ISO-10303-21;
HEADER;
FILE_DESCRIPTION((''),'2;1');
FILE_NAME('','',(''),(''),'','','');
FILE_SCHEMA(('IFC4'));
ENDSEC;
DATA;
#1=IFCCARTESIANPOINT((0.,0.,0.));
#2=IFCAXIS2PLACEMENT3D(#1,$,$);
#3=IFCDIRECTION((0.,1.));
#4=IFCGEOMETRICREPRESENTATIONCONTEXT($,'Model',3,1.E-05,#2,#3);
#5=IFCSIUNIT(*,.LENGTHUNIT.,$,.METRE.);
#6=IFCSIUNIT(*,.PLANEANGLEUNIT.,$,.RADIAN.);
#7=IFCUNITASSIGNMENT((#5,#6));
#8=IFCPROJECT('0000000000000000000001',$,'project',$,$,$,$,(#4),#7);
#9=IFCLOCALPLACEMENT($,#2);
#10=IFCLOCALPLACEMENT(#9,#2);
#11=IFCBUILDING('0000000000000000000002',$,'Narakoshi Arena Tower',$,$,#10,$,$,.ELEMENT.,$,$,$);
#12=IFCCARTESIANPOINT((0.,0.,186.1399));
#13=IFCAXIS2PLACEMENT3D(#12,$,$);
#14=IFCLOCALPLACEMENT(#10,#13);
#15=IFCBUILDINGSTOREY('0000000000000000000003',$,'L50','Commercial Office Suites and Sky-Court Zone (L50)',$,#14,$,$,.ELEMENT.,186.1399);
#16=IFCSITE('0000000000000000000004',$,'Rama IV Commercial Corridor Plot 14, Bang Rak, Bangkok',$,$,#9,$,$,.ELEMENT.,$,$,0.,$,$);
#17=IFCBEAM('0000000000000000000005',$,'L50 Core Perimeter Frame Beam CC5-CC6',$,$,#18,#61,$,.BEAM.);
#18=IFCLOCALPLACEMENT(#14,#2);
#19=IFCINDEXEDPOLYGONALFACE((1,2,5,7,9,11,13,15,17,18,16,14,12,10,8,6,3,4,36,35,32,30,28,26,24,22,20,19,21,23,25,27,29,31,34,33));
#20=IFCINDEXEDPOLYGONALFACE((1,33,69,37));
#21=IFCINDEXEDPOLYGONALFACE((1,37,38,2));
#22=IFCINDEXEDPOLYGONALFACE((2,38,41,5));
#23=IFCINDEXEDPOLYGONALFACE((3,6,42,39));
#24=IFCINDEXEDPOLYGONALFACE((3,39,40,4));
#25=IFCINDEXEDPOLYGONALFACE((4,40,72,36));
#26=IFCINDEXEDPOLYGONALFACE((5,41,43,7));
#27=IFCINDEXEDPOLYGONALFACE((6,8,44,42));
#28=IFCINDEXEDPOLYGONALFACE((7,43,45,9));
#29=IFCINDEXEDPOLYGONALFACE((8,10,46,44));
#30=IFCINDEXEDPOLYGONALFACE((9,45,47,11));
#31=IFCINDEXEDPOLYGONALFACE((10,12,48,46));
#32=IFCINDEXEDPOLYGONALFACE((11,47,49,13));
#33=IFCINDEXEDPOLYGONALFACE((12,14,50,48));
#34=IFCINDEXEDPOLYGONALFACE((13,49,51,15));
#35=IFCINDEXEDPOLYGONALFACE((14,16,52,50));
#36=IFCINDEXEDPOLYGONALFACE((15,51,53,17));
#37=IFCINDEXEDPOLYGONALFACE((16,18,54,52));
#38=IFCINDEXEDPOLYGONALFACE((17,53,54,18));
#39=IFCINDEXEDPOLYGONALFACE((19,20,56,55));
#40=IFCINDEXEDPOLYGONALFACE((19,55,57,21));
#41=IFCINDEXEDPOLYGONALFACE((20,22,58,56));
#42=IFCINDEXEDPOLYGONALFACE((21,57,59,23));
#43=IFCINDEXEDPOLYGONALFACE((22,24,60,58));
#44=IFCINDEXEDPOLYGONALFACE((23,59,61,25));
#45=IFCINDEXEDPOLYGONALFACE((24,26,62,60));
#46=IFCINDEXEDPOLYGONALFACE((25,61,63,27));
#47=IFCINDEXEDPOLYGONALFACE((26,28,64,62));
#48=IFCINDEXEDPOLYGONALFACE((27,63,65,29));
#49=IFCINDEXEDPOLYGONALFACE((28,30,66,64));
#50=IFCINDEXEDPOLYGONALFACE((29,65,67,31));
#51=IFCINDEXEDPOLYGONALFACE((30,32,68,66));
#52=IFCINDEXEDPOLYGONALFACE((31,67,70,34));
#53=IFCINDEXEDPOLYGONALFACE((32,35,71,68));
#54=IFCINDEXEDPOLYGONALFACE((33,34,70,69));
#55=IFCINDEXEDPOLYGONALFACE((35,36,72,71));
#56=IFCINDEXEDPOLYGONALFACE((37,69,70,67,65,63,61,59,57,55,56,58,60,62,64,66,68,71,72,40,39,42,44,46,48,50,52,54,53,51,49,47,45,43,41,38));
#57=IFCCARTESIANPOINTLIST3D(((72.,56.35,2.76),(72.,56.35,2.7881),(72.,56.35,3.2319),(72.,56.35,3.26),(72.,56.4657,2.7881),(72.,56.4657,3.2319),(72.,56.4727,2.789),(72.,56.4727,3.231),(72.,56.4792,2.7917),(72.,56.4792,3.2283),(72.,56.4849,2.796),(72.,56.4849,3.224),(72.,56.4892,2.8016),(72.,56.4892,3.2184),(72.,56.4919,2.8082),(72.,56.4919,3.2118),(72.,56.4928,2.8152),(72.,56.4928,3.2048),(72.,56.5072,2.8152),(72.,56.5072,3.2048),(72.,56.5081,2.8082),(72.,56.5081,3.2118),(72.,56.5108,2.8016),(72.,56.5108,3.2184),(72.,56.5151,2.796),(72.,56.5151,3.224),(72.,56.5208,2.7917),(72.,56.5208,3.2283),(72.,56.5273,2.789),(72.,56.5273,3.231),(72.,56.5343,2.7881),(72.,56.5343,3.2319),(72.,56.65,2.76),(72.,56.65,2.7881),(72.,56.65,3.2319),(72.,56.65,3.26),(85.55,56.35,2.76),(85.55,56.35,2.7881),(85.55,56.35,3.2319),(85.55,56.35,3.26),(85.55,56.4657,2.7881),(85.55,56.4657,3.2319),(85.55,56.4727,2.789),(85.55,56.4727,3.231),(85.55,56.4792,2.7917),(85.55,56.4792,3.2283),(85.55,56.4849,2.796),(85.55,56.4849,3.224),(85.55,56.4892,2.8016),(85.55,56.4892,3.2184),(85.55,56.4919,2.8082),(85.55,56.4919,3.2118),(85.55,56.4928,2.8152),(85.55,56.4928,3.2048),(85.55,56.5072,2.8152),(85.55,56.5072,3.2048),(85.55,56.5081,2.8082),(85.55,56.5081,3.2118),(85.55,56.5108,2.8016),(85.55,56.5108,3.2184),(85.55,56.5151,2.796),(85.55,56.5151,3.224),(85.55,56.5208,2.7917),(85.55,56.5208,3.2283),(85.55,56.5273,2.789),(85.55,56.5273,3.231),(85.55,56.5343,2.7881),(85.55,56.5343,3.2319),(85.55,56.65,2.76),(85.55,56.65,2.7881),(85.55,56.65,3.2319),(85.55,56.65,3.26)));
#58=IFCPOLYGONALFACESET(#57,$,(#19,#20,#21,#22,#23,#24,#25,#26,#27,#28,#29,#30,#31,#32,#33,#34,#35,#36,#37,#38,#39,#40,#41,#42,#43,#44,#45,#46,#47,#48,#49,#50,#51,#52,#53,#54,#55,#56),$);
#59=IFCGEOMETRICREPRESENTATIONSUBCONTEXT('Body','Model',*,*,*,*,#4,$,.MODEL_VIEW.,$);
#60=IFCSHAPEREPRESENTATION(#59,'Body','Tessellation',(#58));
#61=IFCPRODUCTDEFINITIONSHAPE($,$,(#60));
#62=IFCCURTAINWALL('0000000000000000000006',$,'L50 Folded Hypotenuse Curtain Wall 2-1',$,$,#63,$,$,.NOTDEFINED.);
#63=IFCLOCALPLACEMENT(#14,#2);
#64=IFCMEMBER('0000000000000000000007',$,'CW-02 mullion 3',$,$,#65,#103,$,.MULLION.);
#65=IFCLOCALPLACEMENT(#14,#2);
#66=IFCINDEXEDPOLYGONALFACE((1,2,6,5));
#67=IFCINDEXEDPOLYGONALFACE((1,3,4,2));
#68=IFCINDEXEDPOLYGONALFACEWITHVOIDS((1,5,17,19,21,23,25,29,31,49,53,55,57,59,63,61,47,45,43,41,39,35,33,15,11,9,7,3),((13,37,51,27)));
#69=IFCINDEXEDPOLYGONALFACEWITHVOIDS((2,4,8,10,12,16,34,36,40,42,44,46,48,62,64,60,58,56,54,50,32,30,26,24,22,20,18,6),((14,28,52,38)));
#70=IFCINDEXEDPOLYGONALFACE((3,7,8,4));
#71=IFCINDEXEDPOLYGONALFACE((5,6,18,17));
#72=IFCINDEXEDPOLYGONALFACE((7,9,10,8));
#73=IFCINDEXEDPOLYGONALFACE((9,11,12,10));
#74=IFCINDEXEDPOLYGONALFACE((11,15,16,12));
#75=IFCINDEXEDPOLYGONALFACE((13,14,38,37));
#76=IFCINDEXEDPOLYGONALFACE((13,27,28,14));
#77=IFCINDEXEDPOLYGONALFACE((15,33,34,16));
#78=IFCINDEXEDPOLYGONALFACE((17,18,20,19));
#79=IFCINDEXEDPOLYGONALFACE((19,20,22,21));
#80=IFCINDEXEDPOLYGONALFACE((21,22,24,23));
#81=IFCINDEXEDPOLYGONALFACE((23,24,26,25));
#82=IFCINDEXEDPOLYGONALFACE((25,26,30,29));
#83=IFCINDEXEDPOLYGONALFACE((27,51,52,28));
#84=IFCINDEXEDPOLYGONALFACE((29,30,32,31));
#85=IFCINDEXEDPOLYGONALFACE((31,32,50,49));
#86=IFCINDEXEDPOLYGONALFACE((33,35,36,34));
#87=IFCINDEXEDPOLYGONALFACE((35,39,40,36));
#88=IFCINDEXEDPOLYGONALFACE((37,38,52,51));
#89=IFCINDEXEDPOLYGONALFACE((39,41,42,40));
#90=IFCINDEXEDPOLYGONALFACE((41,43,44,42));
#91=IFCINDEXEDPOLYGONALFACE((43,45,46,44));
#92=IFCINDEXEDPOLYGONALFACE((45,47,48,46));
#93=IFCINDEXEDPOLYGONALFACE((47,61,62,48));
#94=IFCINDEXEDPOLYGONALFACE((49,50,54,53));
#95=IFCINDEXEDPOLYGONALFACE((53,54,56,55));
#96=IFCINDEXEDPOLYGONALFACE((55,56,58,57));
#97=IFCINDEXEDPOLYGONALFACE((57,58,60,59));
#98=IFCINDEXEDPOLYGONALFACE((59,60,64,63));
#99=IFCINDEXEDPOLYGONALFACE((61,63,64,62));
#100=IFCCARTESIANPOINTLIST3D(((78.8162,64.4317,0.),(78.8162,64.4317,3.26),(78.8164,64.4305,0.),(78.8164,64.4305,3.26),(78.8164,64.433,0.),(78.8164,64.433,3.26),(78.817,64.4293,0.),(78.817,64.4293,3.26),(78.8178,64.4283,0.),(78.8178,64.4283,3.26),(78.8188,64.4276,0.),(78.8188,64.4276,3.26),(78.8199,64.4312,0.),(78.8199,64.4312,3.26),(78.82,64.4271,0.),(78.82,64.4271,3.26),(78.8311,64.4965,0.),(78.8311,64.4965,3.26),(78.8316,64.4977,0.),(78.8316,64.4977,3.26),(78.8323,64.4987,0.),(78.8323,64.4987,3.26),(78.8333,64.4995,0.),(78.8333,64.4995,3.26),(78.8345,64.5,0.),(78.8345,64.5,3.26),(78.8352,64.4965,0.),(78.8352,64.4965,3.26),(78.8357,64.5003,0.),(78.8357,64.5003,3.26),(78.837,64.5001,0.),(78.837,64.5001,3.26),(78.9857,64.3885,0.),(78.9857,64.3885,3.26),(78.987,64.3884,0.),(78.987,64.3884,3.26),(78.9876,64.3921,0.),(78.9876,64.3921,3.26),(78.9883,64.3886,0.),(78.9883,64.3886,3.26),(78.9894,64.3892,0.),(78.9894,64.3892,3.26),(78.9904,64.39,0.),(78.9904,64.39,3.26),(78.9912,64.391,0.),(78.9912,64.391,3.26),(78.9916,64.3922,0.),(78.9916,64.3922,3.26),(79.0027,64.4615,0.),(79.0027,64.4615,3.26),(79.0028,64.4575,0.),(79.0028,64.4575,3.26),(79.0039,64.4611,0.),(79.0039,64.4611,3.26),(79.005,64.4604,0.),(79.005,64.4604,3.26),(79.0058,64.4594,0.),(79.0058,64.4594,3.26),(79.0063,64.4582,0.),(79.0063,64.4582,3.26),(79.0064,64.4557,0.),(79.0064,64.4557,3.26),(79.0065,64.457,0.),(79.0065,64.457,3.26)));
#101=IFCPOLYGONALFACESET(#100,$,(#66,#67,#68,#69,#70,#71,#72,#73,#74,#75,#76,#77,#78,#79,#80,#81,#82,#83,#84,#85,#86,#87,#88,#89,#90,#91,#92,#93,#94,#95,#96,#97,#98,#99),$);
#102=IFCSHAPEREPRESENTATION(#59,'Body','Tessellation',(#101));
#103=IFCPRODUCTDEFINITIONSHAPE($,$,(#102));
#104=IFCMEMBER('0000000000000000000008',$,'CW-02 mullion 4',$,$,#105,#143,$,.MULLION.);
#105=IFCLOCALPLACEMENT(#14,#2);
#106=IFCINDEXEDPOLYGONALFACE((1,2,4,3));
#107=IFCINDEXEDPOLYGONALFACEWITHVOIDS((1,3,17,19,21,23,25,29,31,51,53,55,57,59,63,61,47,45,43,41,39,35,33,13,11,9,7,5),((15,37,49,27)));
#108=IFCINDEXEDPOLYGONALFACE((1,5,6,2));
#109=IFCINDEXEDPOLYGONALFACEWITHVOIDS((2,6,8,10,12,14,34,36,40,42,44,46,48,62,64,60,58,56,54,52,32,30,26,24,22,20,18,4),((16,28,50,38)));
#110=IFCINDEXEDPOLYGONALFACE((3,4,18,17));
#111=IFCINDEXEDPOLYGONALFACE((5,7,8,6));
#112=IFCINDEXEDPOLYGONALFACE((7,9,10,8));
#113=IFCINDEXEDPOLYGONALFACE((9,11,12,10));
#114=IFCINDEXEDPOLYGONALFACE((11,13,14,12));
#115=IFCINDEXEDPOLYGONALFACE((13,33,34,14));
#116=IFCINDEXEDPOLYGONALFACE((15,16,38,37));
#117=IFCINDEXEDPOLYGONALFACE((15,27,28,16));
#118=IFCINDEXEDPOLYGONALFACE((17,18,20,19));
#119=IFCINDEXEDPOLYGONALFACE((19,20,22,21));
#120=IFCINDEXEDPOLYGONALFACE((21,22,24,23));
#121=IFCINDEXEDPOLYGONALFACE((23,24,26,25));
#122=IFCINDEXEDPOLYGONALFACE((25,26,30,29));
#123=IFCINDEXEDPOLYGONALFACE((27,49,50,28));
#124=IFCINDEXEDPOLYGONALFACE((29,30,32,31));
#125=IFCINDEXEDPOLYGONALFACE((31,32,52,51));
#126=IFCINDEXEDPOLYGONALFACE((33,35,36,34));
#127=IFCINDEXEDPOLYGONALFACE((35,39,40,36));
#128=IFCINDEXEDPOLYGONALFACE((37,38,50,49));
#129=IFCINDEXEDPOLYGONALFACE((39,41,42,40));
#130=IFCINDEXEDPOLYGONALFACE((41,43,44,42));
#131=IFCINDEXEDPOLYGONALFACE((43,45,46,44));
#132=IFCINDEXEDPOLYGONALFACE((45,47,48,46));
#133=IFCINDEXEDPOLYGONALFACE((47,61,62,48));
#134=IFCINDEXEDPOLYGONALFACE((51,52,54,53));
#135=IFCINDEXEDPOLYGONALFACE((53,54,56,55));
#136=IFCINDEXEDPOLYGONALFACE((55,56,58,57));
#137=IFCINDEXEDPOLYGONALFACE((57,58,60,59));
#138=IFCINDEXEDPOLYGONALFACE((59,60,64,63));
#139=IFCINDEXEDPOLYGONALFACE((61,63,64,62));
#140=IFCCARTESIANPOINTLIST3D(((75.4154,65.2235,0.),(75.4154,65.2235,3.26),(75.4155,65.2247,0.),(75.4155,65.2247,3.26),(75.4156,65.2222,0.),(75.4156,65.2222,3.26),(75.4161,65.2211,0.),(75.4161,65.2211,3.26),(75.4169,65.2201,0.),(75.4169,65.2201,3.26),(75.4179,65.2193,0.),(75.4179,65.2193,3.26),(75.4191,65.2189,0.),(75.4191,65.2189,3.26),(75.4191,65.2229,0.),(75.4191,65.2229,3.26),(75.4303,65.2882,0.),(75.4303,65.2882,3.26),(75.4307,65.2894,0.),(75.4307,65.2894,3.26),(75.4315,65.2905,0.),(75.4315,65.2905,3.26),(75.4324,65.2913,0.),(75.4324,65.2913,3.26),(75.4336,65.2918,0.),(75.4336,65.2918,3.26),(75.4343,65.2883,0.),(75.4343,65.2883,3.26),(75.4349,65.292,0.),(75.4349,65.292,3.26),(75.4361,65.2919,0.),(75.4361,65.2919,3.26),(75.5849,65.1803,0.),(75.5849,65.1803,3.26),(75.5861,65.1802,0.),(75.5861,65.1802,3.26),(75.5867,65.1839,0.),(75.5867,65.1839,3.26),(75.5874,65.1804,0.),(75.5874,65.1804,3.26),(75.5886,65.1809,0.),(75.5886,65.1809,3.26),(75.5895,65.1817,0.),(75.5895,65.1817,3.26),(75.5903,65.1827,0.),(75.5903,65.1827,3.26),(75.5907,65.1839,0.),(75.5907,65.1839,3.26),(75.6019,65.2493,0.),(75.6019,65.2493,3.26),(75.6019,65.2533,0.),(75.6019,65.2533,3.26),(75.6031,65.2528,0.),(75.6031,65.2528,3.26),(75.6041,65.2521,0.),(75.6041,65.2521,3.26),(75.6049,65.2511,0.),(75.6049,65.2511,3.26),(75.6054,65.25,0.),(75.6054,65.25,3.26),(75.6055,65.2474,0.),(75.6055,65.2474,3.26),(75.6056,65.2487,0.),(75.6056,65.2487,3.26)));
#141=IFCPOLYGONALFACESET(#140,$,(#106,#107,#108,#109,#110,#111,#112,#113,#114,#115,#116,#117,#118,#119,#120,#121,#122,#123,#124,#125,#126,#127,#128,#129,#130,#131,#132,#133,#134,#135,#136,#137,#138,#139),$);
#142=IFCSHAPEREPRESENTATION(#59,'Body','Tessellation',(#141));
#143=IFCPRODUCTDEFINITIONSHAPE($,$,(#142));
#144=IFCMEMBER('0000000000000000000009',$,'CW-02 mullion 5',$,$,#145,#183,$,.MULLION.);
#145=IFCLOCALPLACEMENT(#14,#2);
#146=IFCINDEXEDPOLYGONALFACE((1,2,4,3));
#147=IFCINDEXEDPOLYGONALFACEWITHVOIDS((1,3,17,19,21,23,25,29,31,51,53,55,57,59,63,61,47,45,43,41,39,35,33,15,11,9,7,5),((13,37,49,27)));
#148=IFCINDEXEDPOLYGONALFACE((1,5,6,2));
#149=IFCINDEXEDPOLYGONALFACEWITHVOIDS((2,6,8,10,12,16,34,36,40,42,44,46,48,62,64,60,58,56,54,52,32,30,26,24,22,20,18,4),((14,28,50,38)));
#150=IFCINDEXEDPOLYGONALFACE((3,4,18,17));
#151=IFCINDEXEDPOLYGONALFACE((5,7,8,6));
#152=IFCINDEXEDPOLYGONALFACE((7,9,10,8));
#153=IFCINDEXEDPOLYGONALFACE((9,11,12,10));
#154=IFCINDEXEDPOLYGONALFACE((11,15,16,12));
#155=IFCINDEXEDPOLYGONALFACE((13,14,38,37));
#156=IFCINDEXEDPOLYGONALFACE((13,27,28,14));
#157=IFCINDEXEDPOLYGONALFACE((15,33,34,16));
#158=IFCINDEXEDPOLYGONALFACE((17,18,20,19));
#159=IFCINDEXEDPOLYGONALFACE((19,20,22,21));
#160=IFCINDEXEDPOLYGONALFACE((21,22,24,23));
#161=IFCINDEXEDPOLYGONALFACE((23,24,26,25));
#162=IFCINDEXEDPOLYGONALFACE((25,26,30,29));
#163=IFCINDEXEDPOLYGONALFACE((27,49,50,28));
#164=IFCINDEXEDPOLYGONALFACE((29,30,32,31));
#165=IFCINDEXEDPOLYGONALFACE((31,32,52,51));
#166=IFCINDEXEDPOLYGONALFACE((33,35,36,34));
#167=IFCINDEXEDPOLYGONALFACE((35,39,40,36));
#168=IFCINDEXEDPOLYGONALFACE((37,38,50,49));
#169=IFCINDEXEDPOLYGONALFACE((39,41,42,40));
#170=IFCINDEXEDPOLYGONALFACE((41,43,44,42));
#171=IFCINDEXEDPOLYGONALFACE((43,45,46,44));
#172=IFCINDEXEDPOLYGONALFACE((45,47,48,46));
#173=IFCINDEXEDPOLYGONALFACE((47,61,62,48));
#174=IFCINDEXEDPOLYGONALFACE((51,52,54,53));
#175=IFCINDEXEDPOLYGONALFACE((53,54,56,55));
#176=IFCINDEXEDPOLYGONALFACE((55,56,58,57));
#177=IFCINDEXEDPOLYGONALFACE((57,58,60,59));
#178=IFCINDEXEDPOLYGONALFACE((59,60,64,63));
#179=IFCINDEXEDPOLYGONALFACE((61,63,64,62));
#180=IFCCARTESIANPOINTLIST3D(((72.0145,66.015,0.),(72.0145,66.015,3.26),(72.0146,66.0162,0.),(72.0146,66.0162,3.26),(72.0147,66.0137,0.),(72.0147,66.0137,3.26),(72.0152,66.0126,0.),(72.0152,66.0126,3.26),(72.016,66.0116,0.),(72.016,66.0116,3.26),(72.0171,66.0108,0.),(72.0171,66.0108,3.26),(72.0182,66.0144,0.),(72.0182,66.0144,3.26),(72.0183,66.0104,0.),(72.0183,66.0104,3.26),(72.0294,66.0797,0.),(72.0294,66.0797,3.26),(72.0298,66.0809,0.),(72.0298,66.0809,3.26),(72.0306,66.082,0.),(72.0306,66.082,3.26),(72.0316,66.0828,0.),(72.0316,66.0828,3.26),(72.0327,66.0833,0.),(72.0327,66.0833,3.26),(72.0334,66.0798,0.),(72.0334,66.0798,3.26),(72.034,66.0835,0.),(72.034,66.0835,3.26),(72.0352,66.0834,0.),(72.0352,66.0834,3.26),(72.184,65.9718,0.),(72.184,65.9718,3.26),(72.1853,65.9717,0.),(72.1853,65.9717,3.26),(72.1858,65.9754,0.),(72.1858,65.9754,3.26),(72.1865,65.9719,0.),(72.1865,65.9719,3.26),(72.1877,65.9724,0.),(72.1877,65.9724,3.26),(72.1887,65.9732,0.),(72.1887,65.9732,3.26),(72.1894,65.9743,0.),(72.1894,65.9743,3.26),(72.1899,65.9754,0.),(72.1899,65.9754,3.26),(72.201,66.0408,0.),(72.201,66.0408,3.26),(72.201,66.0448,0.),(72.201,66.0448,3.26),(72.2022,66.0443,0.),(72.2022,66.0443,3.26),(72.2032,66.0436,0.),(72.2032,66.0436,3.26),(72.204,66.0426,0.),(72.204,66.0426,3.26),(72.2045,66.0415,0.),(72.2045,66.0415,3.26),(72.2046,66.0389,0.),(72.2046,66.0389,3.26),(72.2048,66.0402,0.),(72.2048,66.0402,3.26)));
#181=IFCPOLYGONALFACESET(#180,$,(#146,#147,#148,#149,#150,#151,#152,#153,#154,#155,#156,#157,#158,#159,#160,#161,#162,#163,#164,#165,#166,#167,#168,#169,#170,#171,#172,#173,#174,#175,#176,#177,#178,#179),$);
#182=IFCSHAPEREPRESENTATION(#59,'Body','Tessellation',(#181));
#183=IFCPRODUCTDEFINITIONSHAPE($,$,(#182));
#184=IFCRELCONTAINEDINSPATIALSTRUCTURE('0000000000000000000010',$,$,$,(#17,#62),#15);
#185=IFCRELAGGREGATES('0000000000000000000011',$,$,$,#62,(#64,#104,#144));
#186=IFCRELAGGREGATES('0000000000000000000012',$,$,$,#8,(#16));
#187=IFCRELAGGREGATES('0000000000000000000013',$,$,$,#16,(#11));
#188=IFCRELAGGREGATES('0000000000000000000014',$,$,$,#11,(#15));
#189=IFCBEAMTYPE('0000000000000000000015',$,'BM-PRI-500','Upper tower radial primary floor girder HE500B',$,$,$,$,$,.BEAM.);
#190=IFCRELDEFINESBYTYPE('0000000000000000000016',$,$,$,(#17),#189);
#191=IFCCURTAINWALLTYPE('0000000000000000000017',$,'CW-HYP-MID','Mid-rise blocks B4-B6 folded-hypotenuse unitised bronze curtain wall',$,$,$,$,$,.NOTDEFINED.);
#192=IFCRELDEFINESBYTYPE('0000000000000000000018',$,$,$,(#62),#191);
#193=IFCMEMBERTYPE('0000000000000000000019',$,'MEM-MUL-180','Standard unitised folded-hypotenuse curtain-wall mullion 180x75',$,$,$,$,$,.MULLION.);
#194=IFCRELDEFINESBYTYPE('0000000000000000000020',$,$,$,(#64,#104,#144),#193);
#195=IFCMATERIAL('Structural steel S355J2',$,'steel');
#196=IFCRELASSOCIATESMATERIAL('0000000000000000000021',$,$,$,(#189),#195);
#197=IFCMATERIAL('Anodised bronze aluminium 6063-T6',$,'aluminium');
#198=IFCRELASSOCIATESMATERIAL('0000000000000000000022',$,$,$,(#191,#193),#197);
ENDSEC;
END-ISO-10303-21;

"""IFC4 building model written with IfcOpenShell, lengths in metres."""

from ifc_helpers import new_model, si_unit, direction, frame, origin, origin_2d, place, context, subcontext, project, spatial, hollow_rectangle, i_section, extrude, material, material_profile, profile_set, type_object, element, aggregate, save


model = new_model("IFC4")

# Units and contexts
model_context = context("Model", 3, precision=1e-05, world=origin(), true_north=direction((0.0, 1.0)))
body_context = subcontext(model_context, "Body", "Model", "MODEL_VIEW")
ifc_project = project(units=[si_unit("LENGTHUNIT", "METRE"), si_unit("PLANEANGLEUNIT", "RADIAN")], contexts=[model_context])

# Site, building, storey
site_placement = place(None, origin())
site = spatial("IfcSite", under=ifc_project, at=site_placement, Name="Rama IV Commercial Corridor Plot 14, Bang Rak, Bangkok", CompositionType="ELEMENT", RefElevation=0.0)
building_placement = place(site_placement, origin())
building = spatial("IfcBuilding", under=site, at=building_placement, Name="Narakoshi Arena Tower", CompositionType="ELEMENT")
storey_placement = place(building_placement, frame((0.0, 0.0, 186.1399)))
storey = spatial("IfcBuildingStorey", under=building, at=storey_placement, Name="L50", Description="Commercial Office Suites and Sky-Court Zone (L50)", CompositionType="ELEMENT", Elevation=186.1399)

# Beam
ifc_material_1 = material(Name="Structural steel S355J2", Category="steel")
ifc_material_profile_1 = material_profile(ifc_material_1, i_section(OverallWidth=0.3, OverallDepth=0.5, WebThickness=0.0144, FlangeThickness=0.0281, FilletRadius=0.0271, at=origin_2d()), Name="HE500B")
ifc_profile_set_1 = profile_set([ifc_material_profile_1], Name="Structural steel S355J2")
beam_type = type_object("IfcBeamType", Name="BM-PRI-500", Description="Upper tower radial primary floor girder HE500B", PredefinedType="BEAM", material=ifc_profile_set_1)
beam_placement = place(storey_placement, frame((72.0, 56.5, 3.01), z_axis=(1.0, 0.0, 0.0), x_axis=(0.0, 1.0, 0.0)))
element("IfcBeam", 1, at=beam_placement, inside=storey, type_object=beam_type, Name="L50 Core Perimeter Frame Beam CC5-CC6", PredefinedType="BEAM", context=body_context, shape_type="SweptSolid", body=[
    extrude(i_section(OverallWidth=0.3, OverallDepth=0.5, WebThickness=0.0144, FlangeThickness=0.0281, FilletRadius=0.0271, at=origin_2d()), origin(), (0.0, 0.0, 1.0), 13.55),
])

# Curtain wall, members
ifc_material_2 = material(Name="Anodised bronze aluminium 6063-T6", Category="aluminium")
curtain_wall_type = type_object("IfcCurtainWallType", Name="CW-HYP-MID", Description="Mid-rise blocks B4-B6 folded-hypotenuse unitised bronze curtain wall", PredefinedType="NOTDEFINED", material=ifc_material_2)
curtain_wall_placement = place(storey_placement, origin())
curtain_wall = element("IfcCurtainWall", 2, at=curtain_wall_placement, inside=storey, type_object=curtain_wall_type, Name="L50 Folded Hypotenuse Curtain Wall 2-1", PredefinedType="NOTDEFINED")
ifc_material_profile_2 = material_profile(ifc_material_2, hollow_rectangle(XDim=0.075, YDim=0.1799, WallThickness=0.0039, OuterFilletRadius=0.0049, at=origin_2d()), Name="MUL180x75x4")
ifc_profile_set_2 = profile_set([ifc_material_profile_2], Name="Anodised bronze aluminium 6063-T6")
member_type_1 = type_object("IfcMemberType", Name="MEM-MUL-180", Description="Standard unitised folded-hypotenuse curtain-wall mullion 180x75", PredefinedType="MULLION", material=ifc_profile_set_2)
member_1_placement = place(storey_placement, frame((78.9114, 64.4443, 0.0), z_axis=(0.0, 0.0, 1.0), x_axis=(-0.226721, -0.97396, 0.0)))
member_1 = element("IfcMember", 3, at=member_1_placement, type_object=member_type_1, Name="CW-02 mullion 3", PredefinedType="MULLION", context=body_context, shape_type="SweptSolid", body=[
    extrude(hollow_rectangle(XDim=0.075, YDim=0.1799, WallThickness=0.0039, OuterFilletRadius=0.0049, at=origin_2d()), origin(), (0.0, 0.0, 1.0), 3.26),
])
member_2_placement = place(storey_placement, frame((75.5105, 65.2361, 0.0), z_axis=(0.0, 0.0, 1.0), x_axis=(-0.226721, -0.97396, 0.0)))
member_2 = element("IfcMember", 4, at=member_2_placement, type_object=member_type_1, Name="CW-02 mullion 4", PredefinedType="MULLION", context=body_context, shape_type="SweptSolid", body=[
    extrude(hollow_rectangle(XDim=0.075, YDim=0.1799, WallThickness=0.0039, OuterFilletRadius=0.0049, at=origin_2d()), origin(), (0.0, 0.0, 1.0), 3.26),
])
member_3_placement = place(storey_placement, frame((72.1096, 66.0276, 0.0), z_axis=(0.0, 0.0, 1.0), x_axis=(-0.226721, -0.97396, 0.0)))
member_3 = element("IfcMember", 5, at=member_3_placement, type_object=member_type_1, Name="CW-02 mullion 5", PredefinedType="MULLION", context=body_context, shape_type="SweptSolid", body=[
    extrude(hollow_rectangle(XDim=0.075, YDim=0.1799, WallThickness=0.0039, OuterFilletRadius=0.0049, at=origin_2d()), origin(), (0.0, 0.0, 1.0), 3.26),
])
aggregate(curtain_wall, [member_1, member_2, member_3])

save(model, "model.ifc")
